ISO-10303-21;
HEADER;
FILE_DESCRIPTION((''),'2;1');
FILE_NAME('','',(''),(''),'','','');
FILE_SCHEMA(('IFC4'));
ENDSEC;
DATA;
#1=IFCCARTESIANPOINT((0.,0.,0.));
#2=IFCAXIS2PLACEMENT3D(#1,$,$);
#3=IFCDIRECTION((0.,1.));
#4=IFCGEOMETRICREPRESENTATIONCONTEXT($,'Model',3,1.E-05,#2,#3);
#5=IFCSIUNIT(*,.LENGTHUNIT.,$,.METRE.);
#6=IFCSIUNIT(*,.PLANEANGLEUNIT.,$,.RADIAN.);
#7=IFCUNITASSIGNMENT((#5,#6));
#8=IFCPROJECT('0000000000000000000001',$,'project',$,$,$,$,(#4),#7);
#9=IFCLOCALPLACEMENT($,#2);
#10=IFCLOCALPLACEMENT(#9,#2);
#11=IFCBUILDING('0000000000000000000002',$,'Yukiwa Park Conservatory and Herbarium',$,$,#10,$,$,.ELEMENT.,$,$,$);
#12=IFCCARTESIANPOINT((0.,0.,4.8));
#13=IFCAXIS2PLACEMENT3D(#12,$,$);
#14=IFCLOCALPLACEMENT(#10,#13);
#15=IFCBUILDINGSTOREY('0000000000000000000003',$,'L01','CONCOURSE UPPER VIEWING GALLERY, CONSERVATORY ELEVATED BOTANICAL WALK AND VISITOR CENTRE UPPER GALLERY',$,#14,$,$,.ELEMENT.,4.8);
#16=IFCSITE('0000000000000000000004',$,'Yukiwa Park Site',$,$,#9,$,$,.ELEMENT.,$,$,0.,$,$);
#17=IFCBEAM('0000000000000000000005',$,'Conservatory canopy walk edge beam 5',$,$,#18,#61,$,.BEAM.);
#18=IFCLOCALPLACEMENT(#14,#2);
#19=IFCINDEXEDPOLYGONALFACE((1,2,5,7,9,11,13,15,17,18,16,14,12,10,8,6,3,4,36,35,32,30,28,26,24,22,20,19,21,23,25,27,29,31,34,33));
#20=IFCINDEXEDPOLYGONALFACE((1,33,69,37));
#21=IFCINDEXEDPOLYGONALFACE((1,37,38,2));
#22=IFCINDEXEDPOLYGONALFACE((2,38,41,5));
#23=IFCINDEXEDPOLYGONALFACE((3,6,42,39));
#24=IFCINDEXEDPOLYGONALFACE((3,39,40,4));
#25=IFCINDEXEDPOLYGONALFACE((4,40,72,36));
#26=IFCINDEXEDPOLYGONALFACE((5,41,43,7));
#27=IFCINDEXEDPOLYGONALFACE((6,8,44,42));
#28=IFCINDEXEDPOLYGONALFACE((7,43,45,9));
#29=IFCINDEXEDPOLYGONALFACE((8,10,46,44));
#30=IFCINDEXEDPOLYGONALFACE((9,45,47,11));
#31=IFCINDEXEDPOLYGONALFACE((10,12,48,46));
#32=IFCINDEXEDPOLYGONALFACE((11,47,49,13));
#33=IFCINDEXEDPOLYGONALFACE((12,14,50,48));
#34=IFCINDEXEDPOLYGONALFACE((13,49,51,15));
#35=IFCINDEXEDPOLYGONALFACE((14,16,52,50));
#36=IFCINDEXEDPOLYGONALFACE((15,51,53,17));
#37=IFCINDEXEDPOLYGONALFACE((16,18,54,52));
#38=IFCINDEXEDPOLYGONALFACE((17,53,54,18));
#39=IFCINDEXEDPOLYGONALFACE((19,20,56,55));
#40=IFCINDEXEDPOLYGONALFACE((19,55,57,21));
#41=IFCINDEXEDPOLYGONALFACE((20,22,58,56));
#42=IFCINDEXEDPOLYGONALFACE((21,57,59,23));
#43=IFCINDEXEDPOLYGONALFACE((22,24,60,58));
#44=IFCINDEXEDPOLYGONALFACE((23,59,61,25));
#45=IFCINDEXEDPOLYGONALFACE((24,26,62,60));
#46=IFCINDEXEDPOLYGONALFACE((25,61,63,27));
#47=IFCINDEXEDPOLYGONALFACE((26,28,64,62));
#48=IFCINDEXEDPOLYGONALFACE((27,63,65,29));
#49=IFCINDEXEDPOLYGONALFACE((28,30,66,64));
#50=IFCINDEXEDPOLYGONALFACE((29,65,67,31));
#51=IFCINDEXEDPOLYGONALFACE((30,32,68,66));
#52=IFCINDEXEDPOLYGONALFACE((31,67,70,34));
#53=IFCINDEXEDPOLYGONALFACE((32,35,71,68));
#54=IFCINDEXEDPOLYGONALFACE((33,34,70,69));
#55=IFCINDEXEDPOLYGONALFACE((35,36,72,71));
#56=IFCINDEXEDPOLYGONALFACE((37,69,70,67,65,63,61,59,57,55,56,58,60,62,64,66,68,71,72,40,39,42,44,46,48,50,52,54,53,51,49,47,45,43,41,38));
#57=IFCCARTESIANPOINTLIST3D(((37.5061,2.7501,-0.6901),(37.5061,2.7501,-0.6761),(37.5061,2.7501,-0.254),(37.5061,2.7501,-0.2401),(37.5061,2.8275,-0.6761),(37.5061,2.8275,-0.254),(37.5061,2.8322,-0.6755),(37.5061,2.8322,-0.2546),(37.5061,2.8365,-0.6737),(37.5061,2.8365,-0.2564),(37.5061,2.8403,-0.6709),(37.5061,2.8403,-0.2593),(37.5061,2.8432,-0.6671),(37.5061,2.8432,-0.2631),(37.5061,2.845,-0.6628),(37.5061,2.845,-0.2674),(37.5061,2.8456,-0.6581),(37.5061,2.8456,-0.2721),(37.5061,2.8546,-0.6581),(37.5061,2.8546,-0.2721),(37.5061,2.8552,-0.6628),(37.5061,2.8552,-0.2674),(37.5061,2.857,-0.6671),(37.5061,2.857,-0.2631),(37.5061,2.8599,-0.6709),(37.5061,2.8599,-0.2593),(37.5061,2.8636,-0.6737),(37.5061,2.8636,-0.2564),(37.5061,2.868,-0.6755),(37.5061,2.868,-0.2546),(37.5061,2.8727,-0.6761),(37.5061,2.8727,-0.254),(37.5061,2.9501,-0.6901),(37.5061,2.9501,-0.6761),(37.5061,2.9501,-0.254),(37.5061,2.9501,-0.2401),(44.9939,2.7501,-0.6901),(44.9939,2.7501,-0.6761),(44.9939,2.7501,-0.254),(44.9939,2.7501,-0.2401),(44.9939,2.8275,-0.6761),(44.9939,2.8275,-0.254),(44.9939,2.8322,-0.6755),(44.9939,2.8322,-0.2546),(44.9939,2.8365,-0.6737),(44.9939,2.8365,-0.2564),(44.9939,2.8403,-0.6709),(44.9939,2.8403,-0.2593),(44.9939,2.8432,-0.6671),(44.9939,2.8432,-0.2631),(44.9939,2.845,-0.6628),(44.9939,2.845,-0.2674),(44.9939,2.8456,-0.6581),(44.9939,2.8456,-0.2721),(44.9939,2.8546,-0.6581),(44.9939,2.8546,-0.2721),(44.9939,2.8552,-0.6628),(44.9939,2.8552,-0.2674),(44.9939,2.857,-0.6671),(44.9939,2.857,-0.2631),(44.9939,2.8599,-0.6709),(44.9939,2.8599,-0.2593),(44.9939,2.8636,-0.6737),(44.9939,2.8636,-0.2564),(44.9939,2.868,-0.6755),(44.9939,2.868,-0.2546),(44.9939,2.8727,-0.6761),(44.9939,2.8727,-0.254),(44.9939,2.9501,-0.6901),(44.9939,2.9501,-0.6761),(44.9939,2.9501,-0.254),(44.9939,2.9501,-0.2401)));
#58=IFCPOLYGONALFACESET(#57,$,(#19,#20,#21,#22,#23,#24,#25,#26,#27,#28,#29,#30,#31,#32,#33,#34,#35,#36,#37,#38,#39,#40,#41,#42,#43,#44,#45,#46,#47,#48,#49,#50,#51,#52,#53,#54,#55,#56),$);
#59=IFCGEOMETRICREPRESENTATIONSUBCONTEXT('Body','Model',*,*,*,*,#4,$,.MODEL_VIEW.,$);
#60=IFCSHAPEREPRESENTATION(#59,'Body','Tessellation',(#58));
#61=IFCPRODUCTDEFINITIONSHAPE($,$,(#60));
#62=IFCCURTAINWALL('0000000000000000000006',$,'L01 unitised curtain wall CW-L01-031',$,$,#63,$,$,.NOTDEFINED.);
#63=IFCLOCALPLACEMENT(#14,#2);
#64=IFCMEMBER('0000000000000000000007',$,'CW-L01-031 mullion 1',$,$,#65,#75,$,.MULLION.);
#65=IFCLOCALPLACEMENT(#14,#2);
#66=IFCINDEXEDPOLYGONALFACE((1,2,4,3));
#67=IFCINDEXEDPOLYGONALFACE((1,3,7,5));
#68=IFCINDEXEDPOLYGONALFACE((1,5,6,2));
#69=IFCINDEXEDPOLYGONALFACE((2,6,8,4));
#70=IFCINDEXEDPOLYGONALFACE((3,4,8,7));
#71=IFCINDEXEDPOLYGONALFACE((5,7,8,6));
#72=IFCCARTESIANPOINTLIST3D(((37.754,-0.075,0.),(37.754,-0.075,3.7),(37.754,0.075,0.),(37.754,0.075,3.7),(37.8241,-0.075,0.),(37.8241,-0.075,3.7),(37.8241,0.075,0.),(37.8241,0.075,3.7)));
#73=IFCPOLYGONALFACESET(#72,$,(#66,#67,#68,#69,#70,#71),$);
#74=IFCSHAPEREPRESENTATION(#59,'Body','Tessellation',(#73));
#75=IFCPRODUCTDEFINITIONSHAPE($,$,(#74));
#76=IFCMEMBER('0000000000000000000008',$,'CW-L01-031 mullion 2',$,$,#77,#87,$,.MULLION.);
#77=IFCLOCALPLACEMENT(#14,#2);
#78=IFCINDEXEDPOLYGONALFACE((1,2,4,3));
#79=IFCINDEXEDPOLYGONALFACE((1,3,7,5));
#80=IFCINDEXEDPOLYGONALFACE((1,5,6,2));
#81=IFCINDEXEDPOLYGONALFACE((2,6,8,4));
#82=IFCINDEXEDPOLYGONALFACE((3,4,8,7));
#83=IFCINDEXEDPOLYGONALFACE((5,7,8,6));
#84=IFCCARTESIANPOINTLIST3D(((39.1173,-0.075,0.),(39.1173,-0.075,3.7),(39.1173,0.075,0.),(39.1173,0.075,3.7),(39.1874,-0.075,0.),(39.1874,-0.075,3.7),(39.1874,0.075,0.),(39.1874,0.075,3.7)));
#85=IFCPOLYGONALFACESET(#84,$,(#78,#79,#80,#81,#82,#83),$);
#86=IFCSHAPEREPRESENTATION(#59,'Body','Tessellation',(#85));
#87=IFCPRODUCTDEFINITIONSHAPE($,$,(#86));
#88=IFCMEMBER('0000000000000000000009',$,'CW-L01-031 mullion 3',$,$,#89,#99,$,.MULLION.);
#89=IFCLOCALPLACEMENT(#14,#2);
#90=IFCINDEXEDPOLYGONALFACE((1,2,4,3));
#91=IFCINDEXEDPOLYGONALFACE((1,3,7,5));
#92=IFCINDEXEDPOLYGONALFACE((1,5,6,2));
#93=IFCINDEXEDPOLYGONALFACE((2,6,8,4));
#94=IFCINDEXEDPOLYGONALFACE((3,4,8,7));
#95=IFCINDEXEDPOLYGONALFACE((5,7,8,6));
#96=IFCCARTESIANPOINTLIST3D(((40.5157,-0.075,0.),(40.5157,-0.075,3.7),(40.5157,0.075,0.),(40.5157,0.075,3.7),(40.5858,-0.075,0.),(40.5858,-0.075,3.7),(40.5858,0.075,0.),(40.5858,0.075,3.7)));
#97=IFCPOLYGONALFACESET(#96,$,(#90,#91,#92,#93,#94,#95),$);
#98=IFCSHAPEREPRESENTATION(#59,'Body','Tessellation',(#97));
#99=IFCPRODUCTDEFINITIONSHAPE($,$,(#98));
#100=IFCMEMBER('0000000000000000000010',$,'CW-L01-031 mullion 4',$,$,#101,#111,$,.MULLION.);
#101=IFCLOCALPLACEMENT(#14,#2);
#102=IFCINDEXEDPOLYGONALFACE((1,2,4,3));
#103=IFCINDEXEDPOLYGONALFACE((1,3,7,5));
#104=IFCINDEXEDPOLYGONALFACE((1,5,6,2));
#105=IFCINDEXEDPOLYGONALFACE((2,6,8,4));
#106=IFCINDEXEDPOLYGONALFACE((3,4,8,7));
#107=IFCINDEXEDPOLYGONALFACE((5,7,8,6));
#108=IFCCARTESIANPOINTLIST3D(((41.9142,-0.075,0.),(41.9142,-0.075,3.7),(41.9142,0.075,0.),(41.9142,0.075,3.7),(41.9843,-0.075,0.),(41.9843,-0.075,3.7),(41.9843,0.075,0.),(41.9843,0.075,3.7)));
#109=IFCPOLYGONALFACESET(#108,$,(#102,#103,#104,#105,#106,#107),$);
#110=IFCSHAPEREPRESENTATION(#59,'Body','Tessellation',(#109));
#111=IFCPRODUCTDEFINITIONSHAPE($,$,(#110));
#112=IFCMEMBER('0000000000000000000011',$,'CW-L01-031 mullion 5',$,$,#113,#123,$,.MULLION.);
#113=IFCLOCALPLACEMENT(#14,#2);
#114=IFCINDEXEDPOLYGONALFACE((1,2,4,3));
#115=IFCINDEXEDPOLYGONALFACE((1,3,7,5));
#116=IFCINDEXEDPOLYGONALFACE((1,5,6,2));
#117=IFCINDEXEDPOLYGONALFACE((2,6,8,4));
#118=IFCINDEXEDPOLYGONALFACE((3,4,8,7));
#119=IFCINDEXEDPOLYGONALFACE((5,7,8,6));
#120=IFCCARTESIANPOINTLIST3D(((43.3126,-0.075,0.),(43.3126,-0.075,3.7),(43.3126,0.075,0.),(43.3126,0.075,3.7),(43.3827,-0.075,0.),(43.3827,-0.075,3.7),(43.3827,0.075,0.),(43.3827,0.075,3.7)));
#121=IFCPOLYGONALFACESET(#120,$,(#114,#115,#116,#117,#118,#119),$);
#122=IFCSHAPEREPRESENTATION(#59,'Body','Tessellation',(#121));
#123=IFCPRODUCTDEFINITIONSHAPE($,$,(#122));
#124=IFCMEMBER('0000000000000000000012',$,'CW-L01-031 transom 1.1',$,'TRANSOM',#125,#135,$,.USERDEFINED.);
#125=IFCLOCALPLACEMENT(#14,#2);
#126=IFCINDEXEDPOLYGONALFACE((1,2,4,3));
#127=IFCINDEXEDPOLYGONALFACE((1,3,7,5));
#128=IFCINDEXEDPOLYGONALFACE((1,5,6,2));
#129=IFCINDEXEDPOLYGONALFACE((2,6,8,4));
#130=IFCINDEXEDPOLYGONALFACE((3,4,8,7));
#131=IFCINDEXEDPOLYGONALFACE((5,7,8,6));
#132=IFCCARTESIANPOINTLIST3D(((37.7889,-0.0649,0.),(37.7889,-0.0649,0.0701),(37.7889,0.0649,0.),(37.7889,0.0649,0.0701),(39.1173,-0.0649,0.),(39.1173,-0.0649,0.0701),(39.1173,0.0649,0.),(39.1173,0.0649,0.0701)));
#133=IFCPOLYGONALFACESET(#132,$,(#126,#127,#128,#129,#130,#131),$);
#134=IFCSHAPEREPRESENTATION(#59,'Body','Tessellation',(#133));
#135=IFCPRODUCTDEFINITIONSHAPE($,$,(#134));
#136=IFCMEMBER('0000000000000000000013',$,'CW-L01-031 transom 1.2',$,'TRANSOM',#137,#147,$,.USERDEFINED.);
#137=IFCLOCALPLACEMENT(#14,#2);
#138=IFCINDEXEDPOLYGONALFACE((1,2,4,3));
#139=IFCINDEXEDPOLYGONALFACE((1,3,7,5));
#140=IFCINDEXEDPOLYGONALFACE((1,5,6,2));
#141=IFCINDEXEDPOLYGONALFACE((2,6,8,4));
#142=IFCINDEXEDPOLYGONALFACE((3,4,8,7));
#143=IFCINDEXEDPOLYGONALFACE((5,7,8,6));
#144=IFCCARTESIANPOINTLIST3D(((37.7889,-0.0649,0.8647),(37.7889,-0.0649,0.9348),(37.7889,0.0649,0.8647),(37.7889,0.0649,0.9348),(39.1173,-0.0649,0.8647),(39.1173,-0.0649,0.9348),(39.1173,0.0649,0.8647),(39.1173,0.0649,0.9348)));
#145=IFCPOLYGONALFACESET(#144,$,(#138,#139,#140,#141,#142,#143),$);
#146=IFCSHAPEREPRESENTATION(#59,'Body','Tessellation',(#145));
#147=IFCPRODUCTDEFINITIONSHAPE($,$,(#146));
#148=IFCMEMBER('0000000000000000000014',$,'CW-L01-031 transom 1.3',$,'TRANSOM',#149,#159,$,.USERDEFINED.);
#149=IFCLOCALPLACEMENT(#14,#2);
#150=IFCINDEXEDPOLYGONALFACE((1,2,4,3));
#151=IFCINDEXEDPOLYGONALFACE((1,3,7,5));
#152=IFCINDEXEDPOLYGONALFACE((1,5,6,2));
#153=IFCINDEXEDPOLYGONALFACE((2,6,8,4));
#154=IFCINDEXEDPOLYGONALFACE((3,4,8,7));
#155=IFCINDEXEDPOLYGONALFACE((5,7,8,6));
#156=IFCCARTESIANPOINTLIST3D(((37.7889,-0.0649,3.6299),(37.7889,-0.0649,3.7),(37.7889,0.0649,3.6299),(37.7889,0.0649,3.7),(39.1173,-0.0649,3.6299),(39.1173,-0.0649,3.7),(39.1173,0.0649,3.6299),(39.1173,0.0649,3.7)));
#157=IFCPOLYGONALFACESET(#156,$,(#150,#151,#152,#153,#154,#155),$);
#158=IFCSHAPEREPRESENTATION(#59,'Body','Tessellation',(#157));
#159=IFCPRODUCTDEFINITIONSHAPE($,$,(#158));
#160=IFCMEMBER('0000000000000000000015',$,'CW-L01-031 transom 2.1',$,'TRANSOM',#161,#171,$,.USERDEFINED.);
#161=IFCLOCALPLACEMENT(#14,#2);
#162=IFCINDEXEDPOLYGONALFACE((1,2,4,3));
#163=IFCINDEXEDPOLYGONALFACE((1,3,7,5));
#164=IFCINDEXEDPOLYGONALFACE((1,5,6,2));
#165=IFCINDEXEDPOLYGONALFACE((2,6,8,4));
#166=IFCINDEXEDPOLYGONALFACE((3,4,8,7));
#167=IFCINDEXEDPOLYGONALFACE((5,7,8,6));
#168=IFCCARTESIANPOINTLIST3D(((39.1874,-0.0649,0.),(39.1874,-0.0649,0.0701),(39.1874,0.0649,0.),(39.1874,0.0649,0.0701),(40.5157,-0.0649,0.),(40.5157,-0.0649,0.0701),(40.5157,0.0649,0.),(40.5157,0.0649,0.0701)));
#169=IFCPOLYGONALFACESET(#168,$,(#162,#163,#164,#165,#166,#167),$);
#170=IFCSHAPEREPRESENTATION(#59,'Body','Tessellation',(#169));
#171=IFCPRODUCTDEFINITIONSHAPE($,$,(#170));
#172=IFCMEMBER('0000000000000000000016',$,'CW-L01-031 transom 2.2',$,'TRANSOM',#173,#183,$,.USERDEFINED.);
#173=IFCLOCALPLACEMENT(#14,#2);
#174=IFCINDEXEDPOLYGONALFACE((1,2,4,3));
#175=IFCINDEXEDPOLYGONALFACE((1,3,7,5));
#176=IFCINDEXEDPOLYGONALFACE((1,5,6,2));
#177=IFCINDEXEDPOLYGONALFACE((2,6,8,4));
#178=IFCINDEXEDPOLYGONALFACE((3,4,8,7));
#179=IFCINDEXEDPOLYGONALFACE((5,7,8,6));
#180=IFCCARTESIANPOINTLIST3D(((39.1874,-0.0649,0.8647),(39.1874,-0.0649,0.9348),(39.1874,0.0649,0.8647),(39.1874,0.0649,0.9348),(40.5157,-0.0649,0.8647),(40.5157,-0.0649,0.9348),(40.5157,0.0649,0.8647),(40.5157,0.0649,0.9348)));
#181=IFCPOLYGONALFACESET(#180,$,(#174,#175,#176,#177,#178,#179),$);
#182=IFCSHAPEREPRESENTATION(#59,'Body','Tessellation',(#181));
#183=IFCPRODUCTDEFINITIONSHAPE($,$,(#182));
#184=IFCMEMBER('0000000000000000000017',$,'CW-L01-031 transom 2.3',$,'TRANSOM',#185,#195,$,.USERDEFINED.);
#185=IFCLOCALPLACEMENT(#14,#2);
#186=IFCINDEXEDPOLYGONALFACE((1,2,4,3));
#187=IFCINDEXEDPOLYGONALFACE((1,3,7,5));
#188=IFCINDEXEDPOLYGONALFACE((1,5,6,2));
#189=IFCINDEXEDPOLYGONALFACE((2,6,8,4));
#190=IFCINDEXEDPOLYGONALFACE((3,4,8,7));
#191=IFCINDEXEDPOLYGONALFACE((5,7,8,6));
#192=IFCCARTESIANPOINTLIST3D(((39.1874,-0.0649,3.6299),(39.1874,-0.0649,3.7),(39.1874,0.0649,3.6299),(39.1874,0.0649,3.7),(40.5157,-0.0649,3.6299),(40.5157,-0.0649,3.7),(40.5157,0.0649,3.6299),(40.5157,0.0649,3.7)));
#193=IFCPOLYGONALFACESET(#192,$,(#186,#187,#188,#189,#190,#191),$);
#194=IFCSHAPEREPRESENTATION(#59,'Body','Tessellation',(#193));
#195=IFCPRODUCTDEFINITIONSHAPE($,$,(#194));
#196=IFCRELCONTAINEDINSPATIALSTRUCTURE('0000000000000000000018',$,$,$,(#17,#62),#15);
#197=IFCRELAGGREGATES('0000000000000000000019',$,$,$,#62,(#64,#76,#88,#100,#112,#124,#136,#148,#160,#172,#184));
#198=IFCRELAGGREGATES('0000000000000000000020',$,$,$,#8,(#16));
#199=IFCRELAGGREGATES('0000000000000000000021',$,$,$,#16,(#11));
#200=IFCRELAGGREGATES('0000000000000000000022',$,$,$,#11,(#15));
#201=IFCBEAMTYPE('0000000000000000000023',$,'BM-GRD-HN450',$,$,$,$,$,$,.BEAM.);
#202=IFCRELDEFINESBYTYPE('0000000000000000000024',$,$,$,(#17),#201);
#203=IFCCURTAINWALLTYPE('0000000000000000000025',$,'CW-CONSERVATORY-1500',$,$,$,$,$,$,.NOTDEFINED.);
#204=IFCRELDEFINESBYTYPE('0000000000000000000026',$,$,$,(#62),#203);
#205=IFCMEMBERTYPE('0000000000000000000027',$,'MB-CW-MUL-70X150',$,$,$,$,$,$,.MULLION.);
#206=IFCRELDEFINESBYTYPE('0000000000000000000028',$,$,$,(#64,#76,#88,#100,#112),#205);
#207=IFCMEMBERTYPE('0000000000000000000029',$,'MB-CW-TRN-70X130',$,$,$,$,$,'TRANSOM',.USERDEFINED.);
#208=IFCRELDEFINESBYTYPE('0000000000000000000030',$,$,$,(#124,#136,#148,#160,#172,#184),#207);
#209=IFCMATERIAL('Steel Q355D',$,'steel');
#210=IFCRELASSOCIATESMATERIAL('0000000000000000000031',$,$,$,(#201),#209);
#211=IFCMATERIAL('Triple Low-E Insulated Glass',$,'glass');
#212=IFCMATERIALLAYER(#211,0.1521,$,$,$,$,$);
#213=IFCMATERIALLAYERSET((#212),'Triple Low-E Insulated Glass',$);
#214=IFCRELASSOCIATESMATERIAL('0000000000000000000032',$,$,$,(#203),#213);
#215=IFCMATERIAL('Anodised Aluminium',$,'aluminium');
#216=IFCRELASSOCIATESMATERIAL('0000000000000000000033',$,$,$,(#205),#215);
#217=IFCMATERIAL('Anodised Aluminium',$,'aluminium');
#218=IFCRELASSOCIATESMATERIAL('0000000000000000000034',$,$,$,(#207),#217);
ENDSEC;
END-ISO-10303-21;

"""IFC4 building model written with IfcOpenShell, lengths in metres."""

from ifc_helpers import new_model, si_unit, direction, frame, origin, origin_2d, place, context, subcontext, project, spatial, rectangle, i_section, extrude, material, layer, layer_set, material_profile, profile_set, type_object, element, aggregate, save


model = new_model("IFC4")

# Units and contexts
model_context = context("Model", 3, precision=1e-05, world=origin(), true_north=direction((0.0, 1.0)))
body_context = subcontext(model_context, "Body", "Model", "MODEL_VIEW")
ifc_project = project(units=[si_unit("LENGTHUNIT", "METRE"), si_unit("PLANEANGLEUNIT", "RADIAN")], contexts=[model_context])

# Site, building, storey
site_placement = place(None, origin())
site = spatial("IfcSite", under=ifc_project, at=site_placement, Name="Yukiwa Park Site", CompositionType="ELEMENT", RefElevation=0.0)
building_placement = place(site_placement, origin())
building = spatial("IfcBuilding", under=site, at=building_placement, Name="Yukiwa Park Conservatory and Herbarium", CompositionType="ELEMENT")
storey_placement = place(building_placement, frame((0.0, 0.0, 4.8)))
storey = spatial("IfcBuildingStorey", under=building, at=storey_placement, Name="L01", Description="CONCOURSE UPPER VIEWING GALLERY, CONSERVATORY ELEVATED BOTANICAL WALK AND VISITOR CENTRE UPPER GALLERY", CompositionType="ELEMENT", Elevation=4.8)

# Beam
ifc_material_1 = material(Name="Steel Q355D", Category="steel")
ifc_material_profile = material_profile(ifc_material_1, i_section(OverallWidth=0.2, OverallDepth=0.45, WebThickness=0.009, FlangeThickness=0.0139, FilletRadius=0.0181, at=origin_2d()), Name="HN 450x200x9x14")
ifc_profile_set = profile_set([ifc_material_profile], Name="Steel Q355D")
beam_type = type_object("IfcBeamType", Name="BM-GRD-HN450", PredefinedType="BEAM", material=ifc_profile_set)
beam_placement = place(storey_placement, frame((37.5061, 2.8501, -0.4651), z_axis=(1.0, 0.0, 0.0), x_axis=(0.0, 1.0, 0.0)))
element("IfcBeam", 1, at=beam_placement, inside=storey, type_object=beam_type, Name="Conservatory canopy walk edge beam 5", PredefinedType="BEAM", context=body_context, shape_type="SweptSolid", body=[
    extrude(i_section(OverallWidth=0.2, OverallDepth=0.45, WebThickness=0.009, FlangeThickness=0.0139, FilletRadius=0.0181, at=origin_2d()), origin(), (0.0, 0.0, 1.0), 7.4878),
])

# Curtain wall, members
ifc_material_2 = material(Name="Triple Low-E Insulated Glass", Category="glass")
ifc_layer_1 = layer(ifc_material_2, 0.1521)
ifc_layer_set_1 = layer_set([ifc_layer_1], Name="Triple Low-E Insulated Glass")
curtain_wall_type = type_object("IfcCurtainWallType", Name="CW-CONSERVATORY-1500", PredefinedType="NOTDEFINED", material=ifc_layer_set_1)
curtain_wall_placement = place(storey_placement, origin())
curtain_wall = element("IfcCurtainWall", 2, at=curtain_wall_placement, inside=storey, type_object=curtain_wall_type, Name="L01 unitised curtain wall CW-L01-031", PredefinedType="NOTDEFINED")
ifc_material_3 = material(Name="Anodised Aluminium", Category="aluminium")
member_type_1 = type_object("IfcMemberType", Name="MB-CW-MUL-70X150", PredefinedType="MULLION", material=ifc_material_3)
member_1_placement = place(storey_placement, frame((37.7891, 0.0, 0.0), z_axis=(0.0, 0.0, 1.0), x_axis=(1.0, 0.0, 0.0)))
member_1 = element("IfcMember", 3, at=member_1_placement, type_object=member_type_1, Name="CW-L01-031 mullion 1", PredefinedType="MULLION", context=body_context, shape_type="SweptSolid", body=[
    extrude(rectangle(XDim=0.0701, YDim=0.1499, at=origin_2d()), origin(), (0.0, 0.0, 1.0), 3.7),
])
member_2_placement = place(storey_placement, frame((39.1523, 0.0, 0.0), z_axis=(0.0, 0.0, 1.0), x_axis=(1.0, 0.0, 0.0)))
member_2 = element("IfcMember", 4, at=member_2_placement, type_object=member_type_1, Name="CW-L01-031 mullion 2", PredefinedType="MULLION", context=body_context, shape_type="SweptSolid", body=[
    extrude(rectangle(XDim=0.0701, YDim=0.1499, at=origin_2d()), origin(), (0.0, 0.0, 1.0), 3.7),
])
member_3_placement = place(storey_placement, frame((40.5508, 0.0, 0.0), z_axis=(0.0, 0.0, 1.0), x_axis=(1.0, 0.0, 0.0)))
member_3 = element("IfcMember", 5, at=member_3_placement, type_object=member_type_1, Name="CW-L01-031 mullion 3", PredefinedType="MULLION", context=body_context, shape_type="SweptSolid", body=[
    extrude(rectangle(XDim=0.0701, YDim=0.1499, at=origin_2d()), origin(), (0.0, 0.0, 1.0), 3.7),
])
member_4_placement = place(storey_placement, frame((41.9492, 0.0, 0.0), z_axis=(0.0, 0.0, 1.0), x_axis=(1.0, 0.0, 0.0)))
member_4 = element("IfcMember", 6, at=member_4_placement, type_object=member_type_1, Name="CW-L01-031 mullion 4", PredefinedType="MULLION", context=body_context, shape_type="SweptSolid", body=[
    extrude(rectangle(XDim=0.0701, YDim=0.1499, at=origin_2d()), origin(), (0.0, 0.0, 1.0), 3.7),
])
member_5_placement = place(storey_placement, frame((43.3477, 0.0, 0.0), z_axis=(0.0, 0.0, 1.0), x_axis=(1.0, 0.0, 0.0)))
member_5 = element("IfcMember", 7, at=member_5_placement, type_object=member_type_1, Name="CW-L01-031 mullion 5", PredefinedType="MULLION", context=body_context, shape_type="SweptSolid", body=[
    extrude(rectangle(XDim=0.0701, YDim=0.1499, at=origin_2d()), origin(), (0.0, 0.0, 1.0), 3.7),
])
ifc_material_4 = material(Name="Anodised Aluminium", Category="aluminium")
member_type_2 = type_object("IfcMemberType", Name="MB-CW-TRN-70X130", ElementType="TRANSOM", PredefinedType="USERDEFINED", material=ifc_material_4)
member_6_placement = place(storey_placement, frame((38.4531, 0.0, 0.0), z_axis=(0.0, 0.0, 1.0), x_axis=(1.0, 0.0, 0.0)))
member_6 = element("IfcMember", 8, at=member_6_placement, type_object=member_type_2, Name="CW-L01-031 transom 1.1", ObjectType="TRANSOM", PredefinedType="USERDEFINED", context=body_context, shape_type="SweptSolid", body=[
    extrude(rectangle(XDim=1.3284, YDim=0.1299, at=origin_2d()), origin(), (0.0, 0.0, 1.0), 0.0701),
])
member_7_placement = place(storey_placement, frame((38.4531, 0.0, 0.8647), z_axis=(0.0, 0.0, 1.0), x_axis=(1.0, 0.0, 0.0)))
member_7 = element("IfcMember", 9, at=member_7_placement, type_object=member_type_2, Name="CW-L01-031 transom 1.2", ObjectType="TRANSOM", PredefinedType="USERDEFINED", context=body_context, shape_type="SweptSolid", body=[
    extrude(rectangle(XDim=1.3284, YDim=0.1299, at=origin_2d()), origin(), (0.0, 0.0, 1.0), 0.0701),
])
member_8_placement = place(storey_placement, frame((38.4531, 0.0, 3.6299), z_axis=(0.0, 0.0, 1.0), x_axis=(1.0, 0.0, 0.0)))
member_8 = element("IfcMember", 10, at=member_8_placement, type_object=member_type_2, Name="CW-L01-031 transom 1.3", ObjectType="TRANSOM", PredefinedType="USERDEFINED", context=body_context, shape_type="SweptSolid", body=[
    extrude(rectangle(XDim=1.3284, YDim=0.1299, at=origin_2d()), origin(), (0.0, 0.0, 1.0), 0.0701),
])
member_9_placement = place(storey_placement, frame((39.8516, 0.0, 0.0), z_axis=(0.0, 0.0, 1.0), x_axis=(1.0, 0.0, 0.0)))
member_9 = element("IfcMember", 11, at=member_9_placement, type_object=member_type_2, Name="CW-L01-031 transom 2.1", ObjectType="TRANSOM", PredefinedType="USERDEFINED", context=body_context, shape_type="SweptSolid", body=[
    extrude(rectangle(XDim=1.3284, YDim=0.1299, at=origin_2d()), origin(), (0.0, 0.0, 1.0), 0.0701),
])
member_10_placement = place(storey_placement, frame((39.8516, 0.0, 0.8647), z_axis=(0.0, 0.0, 1.0), x_axis=(1.0, 0.0, 0.0)))
member_10 = element("IfcMember", 12, at=member_10_placement, type_object=member_type_2, Name="CW-L01-031 transom 2.2", ObjectType="TRANSOM", PredefinedType="USERDEFINED", context=body_context, shape_type="SweptSolid", body=[
    extrude(rectangle(XDim=1.3284, YDim=0.1299, at=origin_2d()), origin(), (0.0, 0.0, 1.0), 0.0701),
])
member_11_placement = place(storey_placement, frame((39.8516, 0.0, 3.6299), z_axis=(0.0, 0.0, 1.0), x_axis=(1.0, 0.0, 0.0)))
member_11 = element("IfcMember", 13, at=member_11_placement, type_object=member_type_2, Name="CW-L01-031 transom 2.3", ObjectType="TRANSOM", PredefinedType="USERDEFINED", context=body_context, shape_type="SweptSolid", body=[
    extrude(rectangle(XDim=1.3284, YDim=0.1299, at=origin_2d()), origin(), (0.0, 0.0, 1.0), 0.0701),
])
aggregate(curtain_wall, [member_1, member_2, member_3, member_4, member_5, member_6, member_7, member_8, member_9, member_10, member_11])

save(model, "model.ifc")
